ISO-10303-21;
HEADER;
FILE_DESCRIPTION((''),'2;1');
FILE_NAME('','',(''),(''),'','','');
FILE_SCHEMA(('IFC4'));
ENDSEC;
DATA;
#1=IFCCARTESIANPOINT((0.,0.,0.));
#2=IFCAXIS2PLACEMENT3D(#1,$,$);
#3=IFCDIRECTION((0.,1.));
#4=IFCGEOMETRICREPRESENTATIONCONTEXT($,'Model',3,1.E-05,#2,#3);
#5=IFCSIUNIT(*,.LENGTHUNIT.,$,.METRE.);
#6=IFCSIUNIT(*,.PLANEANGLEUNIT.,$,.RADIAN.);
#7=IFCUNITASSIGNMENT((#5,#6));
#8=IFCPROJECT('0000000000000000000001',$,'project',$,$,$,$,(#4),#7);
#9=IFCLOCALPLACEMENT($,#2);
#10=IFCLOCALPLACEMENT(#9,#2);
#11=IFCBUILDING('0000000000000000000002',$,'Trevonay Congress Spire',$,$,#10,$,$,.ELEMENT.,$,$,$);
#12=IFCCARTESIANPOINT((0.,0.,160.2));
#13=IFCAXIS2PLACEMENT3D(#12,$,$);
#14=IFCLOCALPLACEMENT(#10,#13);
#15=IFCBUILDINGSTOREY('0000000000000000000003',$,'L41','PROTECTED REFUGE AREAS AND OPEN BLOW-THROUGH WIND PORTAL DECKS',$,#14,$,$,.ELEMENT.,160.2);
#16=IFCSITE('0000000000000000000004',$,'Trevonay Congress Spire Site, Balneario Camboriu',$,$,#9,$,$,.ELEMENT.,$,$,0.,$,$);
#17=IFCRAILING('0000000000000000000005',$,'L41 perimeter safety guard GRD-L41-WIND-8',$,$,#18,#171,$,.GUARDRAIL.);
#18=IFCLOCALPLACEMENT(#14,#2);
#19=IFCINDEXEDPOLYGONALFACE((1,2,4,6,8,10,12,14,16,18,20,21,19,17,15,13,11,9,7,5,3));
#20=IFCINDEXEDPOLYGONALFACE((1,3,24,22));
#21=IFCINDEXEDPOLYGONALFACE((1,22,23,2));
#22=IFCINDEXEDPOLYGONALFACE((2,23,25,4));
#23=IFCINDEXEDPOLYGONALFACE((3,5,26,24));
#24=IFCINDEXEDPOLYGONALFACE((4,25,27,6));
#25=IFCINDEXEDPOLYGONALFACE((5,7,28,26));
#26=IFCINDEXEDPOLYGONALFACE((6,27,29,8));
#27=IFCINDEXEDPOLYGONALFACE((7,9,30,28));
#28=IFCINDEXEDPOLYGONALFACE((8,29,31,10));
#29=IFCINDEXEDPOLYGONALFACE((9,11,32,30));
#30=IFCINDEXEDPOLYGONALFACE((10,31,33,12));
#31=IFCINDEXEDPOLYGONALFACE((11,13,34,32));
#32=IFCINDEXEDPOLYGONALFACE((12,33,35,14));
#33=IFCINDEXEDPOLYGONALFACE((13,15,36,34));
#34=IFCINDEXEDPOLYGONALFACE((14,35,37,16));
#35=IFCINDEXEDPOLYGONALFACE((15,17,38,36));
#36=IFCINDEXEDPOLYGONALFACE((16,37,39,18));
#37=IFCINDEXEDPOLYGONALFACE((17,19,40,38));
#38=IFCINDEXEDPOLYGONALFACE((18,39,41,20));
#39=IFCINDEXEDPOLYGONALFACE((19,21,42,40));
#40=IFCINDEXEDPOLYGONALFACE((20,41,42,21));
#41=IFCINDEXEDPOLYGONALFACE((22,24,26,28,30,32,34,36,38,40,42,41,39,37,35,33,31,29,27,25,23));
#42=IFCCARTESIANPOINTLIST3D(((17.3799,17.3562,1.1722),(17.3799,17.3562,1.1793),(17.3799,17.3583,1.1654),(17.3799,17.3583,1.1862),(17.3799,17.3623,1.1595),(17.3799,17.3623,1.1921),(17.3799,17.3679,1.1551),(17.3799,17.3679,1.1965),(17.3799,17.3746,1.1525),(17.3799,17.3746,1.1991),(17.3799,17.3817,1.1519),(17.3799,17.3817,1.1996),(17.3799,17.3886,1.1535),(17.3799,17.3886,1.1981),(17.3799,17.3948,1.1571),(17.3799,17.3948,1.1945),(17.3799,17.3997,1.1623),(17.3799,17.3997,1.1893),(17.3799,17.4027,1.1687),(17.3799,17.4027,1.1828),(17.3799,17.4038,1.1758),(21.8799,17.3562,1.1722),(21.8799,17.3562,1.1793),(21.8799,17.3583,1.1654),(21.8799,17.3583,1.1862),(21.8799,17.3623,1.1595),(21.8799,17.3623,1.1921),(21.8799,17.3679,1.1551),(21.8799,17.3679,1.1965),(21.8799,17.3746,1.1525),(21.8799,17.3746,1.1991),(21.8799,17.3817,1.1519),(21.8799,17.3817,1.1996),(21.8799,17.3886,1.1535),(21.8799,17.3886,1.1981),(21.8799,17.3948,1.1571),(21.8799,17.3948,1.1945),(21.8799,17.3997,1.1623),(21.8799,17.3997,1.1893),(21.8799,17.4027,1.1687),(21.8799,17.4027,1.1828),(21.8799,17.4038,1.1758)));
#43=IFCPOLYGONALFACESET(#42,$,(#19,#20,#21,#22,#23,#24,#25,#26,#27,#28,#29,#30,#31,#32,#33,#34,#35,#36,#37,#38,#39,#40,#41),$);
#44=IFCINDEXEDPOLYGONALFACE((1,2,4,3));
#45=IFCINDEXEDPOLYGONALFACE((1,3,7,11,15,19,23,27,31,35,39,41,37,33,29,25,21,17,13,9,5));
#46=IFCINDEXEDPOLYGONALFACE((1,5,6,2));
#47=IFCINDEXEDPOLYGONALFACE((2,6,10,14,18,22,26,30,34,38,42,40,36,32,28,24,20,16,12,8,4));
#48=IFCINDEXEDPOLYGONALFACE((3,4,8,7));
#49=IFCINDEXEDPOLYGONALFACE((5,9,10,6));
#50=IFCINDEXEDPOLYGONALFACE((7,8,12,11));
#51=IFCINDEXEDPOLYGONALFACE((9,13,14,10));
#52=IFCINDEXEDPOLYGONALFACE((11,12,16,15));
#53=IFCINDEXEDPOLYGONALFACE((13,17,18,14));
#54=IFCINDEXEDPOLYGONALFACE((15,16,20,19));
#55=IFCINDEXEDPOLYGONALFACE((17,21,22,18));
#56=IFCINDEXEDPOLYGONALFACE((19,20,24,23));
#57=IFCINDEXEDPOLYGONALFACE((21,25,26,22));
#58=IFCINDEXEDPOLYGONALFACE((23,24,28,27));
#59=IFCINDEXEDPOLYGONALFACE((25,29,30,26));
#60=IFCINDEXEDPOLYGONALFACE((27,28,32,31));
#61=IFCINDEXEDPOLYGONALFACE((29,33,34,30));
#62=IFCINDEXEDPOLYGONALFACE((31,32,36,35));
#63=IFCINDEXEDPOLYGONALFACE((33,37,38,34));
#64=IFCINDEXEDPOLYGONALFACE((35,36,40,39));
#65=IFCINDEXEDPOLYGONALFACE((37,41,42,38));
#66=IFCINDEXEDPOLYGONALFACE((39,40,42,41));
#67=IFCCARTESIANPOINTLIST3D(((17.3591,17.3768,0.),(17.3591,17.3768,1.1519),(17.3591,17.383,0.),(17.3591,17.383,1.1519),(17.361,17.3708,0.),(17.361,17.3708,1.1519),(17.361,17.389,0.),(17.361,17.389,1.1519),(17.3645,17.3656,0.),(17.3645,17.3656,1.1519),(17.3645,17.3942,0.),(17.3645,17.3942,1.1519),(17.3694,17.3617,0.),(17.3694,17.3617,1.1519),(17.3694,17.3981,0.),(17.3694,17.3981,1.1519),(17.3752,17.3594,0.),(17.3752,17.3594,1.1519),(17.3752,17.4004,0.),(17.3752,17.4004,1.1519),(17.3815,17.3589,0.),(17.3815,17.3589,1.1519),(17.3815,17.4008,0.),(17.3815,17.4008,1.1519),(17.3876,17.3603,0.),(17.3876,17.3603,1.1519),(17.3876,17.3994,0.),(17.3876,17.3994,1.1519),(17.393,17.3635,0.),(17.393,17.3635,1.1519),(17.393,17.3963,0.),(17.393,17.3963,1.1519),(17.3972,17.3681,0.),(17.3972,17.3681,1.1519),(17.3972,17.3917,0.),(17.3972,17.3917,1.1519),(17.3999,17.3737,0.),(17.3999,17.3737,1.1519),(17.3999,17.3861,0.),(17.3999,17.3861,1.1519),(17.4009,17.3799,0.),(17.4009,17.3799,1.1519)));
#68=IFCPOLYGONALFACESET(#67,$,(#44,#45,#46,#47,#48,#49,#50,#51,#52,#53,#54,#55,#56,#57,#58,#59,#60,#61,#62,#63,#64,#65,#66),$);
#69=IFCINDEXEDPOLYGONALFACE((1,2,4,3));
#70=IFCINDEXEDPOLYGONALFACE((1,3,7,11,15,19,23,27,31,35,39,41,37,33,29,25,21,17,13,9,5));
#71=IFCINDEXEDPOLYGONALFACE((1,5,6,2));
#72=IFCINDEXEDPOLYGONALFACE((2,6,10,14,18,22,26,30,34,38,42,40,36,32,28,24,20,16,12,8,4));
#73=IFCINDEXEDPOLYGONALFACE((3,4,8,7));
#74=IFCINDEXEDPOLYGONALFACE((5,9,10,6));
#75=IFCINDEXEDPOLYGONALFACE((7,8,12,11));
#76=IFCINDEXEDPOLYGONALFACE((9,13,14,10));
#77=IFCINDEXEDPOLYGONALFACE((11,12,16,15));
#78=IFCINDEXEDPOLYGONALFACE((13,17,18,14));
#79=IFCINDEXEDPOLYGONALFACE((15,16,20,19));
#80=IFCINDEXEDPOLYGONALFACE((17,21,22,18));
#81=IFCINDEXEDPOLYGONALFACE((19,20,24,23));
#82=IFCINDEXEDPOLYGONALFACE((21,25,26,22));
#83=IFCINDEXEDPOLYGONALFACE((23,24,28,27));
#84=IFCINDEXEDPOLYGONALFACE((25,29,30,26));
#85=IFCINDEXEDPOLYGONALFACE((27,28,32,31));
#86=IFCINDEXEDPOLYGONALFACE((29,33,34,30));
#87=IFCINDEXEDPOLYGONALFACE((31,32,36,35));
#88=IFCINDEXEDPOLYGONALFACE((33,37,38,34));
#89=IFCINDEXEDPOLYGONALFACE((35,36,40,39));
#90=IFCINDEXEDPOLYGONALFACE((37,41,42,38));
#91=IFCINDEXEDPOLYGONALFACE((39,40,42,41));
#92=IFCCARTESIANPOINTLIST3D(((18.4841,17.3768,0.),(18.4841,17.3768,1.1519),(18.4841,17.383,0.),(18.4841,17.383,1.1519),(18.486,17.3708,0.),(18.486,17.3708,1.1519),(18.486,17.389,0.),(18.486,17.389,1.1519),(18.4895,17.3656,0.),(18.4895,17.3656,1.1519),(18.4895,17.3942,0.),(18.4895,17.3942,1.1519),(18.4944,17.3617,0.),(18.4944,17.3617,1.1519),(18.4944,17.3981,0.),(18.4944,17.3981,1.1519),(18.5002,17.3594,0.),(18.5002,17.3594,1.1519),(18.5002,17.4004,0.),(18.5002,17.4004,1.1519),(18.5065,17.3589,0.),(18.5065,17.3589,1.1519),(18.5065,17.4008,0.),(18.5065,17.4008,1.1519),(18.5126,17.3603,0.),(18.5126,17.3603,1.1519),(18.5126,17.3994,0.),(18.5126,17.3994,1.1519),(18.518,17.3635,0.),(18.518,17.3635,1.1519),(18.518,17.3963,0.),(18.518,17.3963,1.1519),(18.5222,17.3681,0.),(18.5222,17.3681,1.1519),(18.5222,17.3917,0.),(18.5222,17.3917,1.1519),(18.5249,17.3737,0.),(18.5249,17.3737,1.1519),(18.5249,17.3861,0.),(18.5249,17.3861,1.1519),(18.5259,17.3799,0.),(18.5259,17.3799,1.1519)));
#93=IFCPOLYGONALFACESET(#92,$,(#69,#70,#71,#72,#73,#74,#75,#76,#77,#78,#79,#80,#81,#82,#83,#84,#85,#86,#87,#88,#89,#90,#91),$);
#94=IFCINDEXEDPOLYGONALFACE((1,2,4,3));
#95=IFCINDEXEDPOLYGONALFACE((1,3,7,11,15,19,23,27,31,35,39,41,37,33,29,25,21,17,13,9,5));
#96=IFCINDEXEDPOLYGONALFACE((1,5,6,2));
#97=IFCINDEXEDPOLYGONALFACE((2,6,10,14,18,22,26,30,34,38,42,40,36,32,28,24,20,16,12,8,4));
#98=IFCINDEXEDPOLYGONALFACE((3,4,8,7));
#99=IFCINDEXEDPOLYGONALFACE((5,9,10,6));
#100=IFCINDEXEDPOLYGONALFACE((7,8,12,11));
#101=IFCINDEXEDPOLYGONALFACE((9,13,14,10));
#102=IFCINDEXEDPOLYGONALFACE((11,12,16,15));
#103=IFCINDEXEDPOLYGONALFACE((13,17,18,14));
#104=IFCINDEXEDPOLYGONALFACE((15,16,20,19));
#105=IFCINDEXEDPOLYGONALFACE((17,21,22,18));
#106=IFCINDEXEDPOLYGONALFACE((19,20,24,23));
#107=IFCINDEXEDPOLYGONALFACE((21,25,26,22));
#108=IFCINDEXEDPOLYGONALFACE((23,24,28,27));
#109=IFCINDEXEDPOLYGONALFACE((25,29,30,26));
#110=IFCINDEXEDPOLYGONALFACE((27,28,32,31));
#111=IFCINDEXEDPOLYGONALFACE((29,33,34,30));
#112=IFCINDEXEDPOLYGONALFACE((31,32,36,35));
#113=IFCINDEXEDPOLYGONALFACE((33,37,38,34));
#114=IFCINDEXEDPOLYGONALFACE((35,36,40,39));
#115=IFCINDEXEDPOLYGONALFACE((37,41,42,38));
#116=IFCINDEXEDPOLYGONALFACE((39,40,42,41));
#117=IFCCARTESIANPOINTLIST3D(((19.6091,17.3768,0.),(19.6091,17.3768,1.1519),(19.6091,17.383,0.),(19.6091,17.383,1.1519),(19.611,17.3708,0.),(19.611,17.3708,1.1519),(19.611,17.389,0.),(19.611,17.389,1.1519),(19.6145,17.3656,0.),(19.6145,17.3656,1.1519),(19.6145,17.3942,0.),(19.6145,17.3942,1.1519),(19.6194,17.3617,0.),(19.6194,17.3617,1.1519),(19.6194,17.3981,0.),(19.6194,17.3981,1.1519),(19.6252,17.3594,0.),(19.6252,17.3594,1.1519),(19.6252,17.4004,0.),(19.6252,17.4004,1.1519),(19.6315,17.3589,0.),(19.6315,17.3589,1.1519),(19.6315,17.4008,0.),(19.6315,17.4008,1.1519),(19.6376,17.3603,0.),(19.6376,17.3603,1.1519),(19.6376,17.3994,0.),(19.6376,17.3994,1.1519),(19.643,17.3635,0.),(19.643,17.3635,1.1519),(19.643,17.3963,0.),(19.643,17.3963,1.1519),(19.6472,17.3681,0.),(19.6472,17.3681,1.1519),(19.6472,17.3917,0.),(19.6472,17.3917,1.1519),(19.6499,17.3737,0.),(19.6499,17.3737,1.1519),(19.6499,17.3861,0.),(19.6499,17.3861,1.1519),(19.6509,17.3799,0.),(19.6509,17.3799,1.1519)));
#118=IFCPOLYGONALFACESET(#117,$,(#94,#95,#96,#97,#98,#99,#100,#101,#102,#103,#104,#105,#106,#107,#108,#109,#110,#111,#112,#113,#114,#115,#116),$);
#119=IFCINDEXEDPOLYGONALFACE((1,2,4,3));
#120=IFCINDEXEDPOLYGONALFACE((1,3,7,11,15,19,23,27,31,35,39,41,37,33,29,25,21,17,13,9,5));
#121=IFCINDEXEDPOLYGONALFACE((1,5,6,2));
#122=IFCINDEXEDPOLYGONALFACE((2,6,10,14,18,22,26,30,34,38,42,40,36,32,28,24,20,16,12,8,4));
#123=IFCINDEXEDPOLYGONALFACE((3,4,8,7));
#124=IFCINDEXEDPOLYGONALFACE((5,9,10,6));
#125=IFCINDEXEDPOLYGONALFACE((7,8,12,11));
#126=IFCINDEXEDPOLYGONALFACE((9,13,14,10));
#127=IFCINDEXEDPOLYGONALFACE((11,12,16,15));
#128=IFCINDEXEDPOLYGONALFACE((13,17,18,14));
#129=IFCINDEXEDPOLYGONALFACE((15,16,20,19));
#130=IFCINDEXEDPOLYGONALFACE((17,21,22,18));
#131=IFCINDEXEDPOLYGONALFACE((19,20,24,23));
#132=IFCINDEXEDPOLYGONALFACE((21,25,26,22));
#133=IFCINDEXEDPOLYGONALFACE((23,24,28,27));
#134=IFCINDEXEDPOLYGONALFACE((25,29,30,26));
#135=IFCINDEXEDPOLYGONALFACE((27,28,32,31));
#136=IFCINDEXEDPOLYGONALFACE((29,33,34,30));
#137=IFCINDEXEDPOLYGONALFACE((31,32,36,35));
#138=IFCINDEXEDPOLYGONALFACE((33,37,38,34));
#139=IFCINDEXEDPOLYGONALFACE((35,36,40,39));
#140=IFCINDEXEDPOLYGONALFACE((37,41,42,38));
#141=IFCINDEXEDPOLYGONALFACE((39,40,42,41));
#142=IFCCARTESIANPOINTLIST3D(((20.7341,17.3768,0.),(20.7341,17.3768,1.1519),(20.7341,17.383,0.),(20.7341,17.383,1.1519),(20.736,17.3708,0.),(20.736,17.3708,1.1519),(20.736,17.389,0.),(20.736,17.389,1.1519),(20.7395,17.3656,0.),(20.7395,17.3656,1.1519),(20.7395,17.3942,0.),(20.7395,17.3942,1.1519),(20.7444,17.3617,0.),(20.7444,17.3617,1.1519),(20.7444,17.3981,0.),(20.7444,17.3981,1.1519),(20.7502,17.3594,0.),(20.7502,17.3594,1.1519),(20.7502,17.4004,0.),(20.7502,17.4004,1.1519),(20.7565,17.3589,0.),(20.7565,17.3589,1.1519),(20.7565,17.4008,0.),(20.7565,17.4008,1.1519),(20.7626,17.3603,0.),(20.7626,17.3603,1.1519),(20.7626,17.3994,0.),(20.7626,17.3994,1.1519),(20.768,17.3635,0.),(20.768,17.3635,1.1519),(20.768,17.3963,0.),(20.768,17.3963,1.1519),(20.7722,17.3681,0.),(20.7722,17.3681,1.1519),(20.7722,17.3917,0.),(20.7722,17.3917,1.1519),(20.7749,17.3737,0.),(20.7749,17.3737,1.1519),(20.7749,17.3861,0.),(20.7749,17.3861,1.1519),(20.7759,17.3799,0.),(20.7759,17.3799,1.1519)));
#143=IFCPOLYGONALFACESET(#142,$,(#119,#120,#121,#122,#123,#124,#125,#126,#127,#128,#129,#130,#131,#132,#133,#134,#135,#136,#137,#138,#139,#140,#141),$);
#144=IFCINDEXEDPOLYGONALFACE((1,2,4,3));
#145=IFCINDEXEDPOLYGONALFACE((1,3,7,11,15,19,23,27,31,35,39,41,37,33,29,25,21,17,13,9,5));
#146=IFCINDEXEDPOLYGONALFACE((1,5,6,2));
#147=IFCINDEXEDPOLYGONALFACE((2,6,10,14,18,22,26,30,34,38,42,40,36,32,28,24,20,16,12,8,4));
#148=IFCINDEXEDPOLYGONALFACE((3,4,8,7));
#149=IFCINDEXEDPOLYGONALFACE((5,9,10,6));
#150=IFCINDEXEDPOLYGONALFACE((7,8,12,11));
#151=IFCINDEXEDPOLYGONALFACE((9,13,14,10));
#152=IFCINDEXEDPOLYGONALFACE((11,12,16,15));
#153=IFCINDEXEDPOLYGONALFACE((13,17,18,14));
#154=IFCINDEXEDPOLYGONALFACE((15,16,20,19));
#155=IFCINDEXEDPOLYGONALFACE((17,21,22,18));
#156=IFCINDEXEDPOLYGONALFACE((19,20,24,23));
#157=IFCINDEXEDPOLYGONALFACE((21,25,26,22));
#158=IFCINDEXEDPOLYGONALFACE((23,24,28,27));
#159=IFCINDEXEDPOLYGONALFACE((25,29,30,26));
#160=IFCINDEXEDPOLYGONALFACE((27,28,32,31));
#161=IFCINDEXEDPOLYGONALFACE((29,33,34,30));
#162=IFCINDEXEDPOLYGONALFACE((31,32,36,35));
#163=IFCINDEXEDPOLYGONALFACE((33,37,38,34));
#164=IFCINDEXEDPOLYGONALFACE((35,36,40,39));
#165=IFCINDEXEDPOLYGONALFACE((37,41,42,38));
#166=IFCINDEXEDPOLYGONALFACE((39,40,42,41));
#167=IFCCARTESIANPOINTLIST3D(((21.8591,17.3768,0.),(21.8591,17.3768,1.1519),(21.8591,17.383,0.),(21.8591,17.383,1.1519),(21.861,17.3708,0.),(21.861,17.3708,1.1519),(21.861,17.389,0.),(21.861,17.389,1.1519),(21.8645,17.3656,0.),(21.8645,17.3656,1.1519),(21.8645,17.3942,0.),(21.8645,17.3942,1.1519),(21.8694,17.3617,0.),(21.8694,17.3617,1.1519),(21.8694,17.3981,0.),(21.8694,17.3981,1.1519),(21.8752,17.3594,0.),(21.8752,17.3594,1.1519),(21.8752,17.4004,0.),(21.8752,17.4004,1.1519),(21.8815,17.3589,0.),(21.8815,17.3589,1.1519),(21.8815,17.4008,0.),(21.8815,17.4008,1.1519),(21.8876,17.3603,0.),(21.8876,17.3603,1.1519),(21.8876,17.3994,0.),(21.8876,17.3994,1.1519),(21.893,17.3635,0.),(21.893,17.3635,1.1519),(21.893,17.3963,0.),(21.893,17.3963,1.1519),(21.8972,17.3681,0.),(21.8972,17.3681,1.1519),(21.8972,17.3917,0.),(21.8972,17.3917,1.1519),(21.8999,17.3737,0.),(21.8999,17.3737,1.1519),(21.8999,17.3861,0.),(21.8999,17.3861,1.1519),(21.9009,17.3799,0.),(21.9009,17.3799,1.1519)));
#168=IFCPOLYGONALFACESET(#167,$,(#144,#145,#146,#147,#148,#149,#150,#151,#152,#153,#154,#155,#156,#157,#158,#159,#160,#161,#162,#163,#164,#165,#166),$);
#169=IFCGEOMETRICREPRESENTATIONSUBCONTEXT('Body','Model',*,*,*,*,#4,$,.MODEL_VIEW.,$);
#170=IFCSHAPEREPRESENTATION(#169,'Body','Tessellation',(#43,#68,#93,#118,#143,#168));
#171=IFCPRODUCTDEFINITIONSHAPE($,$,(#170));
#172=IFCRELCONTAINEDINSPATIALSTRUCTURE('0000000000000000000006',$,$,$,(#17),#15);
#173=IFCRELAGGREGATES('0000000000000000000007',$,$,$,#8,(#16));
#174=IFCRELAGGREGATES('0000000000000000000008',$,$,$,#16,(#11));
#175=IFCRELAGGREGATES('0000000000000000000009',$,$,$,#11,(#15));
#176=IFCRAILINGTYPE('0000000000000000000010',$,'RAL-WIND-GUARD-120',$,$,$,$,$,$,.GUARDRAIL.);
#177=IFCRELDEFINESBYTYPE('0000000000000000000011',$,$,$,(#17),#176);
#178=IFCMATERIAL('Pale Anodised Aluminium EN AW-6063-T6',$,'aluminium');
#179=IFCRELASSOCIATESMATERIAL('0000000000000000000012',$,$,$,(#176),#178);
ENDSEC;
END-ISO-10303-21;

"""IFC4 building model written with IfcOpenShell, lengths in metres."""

from ifc_helpers import new_model, si_unit, direction, frame, origin, origin_2d, place, context, subcontext, project, spatial, circle, extrude, material, type_object, element, save


model = new_model("IFC4")

# Units and contexts
model_context = context("Model", 3, precision=1e-05, world=origin(), true_north=direction((0.0, 1.0)))
body_context = subcontext(model_context, "Body", "Model", "MODEL_VIEW")
ifc_project = project(units=[si_unit("LENGTHUNIT", "METRE"), si_unit("PLANEANGLEUNIT", "RADIAN")], contexts=[model_context])

# Site, building, storey
site_placement = place(None, origin())
site = spatial("IfcSite", under=ifc_project, at=site_placement, Name="Trevonay Congress Spire Site, Balneario Camboriu", CompositionType="ELEMENT", RefElevation=0.0)
building_placement = place(site_placement, origin())
building = spatial("IfcBuilding", under=site, at=building_placement, Name="Trevonay Congress Spire", CompositionType="ELEMENT")
storey_placement = place(building_placement, frame((0.0, 0.0, 160.2)))
storey = spatial("IfcBuildingStorey", under=building, at=storey_placement, Name="L41", Description="PROTECTED REFUGE AREAS AND OPEN BLOW-THROUGH WIND PORTAL DECKS", CompositionType="ELEMENT", Elevation=160.2)

# Railing
ifc_material_1 = material(Name="Pale Anodised Aluminium EN AW-6063-T6", Category="aluminium")
railing_type = type_object("IfcRailingType", Name="RAL-WIND-GUARD-120", PredefinedType="GUARDRAIL", material=ifc_material_1)
railing_1_placement = place(storey_placement, frame((17.3799, 17.3799, 0.0)))
element("IfcRailing", 1, at=railing_1_placement, inside=storey, type_object=railing_type, Name="L41 perimeter safety guard GRD-L41-WIND-8", PredefinedType="GUARDRAIL", context=body_context, shape_type="SweptSolid", body=[
    extrude(circle(Radius=0.0239, at=origin_2d()), frame((0.0, 0.0, 1.1758), z_axis=(1.0, 0.0, 0.0), x_axis=(0.0, 1.0, 0.0)), (0.0, 0.0, 1.0), 4.5),
    extrude(circle(Radius=0.021, at=origin_2d()), origin(), (0.0, 0.0, 1.0), 1.1519),
    extrude(circle(Radius=0.021, at=origin_2d()), frame((1.125, 0.0, 0.0)), (0.0, 0.0, 1.0), 1.1519),
    extrude(circle(Radius=0.021, at=origin_2d()), frame((2.25, 0.0, 0.0)), (0.0, 0.0, 1.0), 1.1519),
    extrude(circle(Radius=0.021, at=origin_2d()), frame((3.375, 0.0, 0.0)), (0.0, 0.0, 1.0), 1.1519),
    extrude(circle(Radius=0.021, at=origin_2d()), frame((4.5, 0.0, 0.0)), (0.0, 0.0, 1.0), 1.1519),
])

save(model, "model.ifc")
